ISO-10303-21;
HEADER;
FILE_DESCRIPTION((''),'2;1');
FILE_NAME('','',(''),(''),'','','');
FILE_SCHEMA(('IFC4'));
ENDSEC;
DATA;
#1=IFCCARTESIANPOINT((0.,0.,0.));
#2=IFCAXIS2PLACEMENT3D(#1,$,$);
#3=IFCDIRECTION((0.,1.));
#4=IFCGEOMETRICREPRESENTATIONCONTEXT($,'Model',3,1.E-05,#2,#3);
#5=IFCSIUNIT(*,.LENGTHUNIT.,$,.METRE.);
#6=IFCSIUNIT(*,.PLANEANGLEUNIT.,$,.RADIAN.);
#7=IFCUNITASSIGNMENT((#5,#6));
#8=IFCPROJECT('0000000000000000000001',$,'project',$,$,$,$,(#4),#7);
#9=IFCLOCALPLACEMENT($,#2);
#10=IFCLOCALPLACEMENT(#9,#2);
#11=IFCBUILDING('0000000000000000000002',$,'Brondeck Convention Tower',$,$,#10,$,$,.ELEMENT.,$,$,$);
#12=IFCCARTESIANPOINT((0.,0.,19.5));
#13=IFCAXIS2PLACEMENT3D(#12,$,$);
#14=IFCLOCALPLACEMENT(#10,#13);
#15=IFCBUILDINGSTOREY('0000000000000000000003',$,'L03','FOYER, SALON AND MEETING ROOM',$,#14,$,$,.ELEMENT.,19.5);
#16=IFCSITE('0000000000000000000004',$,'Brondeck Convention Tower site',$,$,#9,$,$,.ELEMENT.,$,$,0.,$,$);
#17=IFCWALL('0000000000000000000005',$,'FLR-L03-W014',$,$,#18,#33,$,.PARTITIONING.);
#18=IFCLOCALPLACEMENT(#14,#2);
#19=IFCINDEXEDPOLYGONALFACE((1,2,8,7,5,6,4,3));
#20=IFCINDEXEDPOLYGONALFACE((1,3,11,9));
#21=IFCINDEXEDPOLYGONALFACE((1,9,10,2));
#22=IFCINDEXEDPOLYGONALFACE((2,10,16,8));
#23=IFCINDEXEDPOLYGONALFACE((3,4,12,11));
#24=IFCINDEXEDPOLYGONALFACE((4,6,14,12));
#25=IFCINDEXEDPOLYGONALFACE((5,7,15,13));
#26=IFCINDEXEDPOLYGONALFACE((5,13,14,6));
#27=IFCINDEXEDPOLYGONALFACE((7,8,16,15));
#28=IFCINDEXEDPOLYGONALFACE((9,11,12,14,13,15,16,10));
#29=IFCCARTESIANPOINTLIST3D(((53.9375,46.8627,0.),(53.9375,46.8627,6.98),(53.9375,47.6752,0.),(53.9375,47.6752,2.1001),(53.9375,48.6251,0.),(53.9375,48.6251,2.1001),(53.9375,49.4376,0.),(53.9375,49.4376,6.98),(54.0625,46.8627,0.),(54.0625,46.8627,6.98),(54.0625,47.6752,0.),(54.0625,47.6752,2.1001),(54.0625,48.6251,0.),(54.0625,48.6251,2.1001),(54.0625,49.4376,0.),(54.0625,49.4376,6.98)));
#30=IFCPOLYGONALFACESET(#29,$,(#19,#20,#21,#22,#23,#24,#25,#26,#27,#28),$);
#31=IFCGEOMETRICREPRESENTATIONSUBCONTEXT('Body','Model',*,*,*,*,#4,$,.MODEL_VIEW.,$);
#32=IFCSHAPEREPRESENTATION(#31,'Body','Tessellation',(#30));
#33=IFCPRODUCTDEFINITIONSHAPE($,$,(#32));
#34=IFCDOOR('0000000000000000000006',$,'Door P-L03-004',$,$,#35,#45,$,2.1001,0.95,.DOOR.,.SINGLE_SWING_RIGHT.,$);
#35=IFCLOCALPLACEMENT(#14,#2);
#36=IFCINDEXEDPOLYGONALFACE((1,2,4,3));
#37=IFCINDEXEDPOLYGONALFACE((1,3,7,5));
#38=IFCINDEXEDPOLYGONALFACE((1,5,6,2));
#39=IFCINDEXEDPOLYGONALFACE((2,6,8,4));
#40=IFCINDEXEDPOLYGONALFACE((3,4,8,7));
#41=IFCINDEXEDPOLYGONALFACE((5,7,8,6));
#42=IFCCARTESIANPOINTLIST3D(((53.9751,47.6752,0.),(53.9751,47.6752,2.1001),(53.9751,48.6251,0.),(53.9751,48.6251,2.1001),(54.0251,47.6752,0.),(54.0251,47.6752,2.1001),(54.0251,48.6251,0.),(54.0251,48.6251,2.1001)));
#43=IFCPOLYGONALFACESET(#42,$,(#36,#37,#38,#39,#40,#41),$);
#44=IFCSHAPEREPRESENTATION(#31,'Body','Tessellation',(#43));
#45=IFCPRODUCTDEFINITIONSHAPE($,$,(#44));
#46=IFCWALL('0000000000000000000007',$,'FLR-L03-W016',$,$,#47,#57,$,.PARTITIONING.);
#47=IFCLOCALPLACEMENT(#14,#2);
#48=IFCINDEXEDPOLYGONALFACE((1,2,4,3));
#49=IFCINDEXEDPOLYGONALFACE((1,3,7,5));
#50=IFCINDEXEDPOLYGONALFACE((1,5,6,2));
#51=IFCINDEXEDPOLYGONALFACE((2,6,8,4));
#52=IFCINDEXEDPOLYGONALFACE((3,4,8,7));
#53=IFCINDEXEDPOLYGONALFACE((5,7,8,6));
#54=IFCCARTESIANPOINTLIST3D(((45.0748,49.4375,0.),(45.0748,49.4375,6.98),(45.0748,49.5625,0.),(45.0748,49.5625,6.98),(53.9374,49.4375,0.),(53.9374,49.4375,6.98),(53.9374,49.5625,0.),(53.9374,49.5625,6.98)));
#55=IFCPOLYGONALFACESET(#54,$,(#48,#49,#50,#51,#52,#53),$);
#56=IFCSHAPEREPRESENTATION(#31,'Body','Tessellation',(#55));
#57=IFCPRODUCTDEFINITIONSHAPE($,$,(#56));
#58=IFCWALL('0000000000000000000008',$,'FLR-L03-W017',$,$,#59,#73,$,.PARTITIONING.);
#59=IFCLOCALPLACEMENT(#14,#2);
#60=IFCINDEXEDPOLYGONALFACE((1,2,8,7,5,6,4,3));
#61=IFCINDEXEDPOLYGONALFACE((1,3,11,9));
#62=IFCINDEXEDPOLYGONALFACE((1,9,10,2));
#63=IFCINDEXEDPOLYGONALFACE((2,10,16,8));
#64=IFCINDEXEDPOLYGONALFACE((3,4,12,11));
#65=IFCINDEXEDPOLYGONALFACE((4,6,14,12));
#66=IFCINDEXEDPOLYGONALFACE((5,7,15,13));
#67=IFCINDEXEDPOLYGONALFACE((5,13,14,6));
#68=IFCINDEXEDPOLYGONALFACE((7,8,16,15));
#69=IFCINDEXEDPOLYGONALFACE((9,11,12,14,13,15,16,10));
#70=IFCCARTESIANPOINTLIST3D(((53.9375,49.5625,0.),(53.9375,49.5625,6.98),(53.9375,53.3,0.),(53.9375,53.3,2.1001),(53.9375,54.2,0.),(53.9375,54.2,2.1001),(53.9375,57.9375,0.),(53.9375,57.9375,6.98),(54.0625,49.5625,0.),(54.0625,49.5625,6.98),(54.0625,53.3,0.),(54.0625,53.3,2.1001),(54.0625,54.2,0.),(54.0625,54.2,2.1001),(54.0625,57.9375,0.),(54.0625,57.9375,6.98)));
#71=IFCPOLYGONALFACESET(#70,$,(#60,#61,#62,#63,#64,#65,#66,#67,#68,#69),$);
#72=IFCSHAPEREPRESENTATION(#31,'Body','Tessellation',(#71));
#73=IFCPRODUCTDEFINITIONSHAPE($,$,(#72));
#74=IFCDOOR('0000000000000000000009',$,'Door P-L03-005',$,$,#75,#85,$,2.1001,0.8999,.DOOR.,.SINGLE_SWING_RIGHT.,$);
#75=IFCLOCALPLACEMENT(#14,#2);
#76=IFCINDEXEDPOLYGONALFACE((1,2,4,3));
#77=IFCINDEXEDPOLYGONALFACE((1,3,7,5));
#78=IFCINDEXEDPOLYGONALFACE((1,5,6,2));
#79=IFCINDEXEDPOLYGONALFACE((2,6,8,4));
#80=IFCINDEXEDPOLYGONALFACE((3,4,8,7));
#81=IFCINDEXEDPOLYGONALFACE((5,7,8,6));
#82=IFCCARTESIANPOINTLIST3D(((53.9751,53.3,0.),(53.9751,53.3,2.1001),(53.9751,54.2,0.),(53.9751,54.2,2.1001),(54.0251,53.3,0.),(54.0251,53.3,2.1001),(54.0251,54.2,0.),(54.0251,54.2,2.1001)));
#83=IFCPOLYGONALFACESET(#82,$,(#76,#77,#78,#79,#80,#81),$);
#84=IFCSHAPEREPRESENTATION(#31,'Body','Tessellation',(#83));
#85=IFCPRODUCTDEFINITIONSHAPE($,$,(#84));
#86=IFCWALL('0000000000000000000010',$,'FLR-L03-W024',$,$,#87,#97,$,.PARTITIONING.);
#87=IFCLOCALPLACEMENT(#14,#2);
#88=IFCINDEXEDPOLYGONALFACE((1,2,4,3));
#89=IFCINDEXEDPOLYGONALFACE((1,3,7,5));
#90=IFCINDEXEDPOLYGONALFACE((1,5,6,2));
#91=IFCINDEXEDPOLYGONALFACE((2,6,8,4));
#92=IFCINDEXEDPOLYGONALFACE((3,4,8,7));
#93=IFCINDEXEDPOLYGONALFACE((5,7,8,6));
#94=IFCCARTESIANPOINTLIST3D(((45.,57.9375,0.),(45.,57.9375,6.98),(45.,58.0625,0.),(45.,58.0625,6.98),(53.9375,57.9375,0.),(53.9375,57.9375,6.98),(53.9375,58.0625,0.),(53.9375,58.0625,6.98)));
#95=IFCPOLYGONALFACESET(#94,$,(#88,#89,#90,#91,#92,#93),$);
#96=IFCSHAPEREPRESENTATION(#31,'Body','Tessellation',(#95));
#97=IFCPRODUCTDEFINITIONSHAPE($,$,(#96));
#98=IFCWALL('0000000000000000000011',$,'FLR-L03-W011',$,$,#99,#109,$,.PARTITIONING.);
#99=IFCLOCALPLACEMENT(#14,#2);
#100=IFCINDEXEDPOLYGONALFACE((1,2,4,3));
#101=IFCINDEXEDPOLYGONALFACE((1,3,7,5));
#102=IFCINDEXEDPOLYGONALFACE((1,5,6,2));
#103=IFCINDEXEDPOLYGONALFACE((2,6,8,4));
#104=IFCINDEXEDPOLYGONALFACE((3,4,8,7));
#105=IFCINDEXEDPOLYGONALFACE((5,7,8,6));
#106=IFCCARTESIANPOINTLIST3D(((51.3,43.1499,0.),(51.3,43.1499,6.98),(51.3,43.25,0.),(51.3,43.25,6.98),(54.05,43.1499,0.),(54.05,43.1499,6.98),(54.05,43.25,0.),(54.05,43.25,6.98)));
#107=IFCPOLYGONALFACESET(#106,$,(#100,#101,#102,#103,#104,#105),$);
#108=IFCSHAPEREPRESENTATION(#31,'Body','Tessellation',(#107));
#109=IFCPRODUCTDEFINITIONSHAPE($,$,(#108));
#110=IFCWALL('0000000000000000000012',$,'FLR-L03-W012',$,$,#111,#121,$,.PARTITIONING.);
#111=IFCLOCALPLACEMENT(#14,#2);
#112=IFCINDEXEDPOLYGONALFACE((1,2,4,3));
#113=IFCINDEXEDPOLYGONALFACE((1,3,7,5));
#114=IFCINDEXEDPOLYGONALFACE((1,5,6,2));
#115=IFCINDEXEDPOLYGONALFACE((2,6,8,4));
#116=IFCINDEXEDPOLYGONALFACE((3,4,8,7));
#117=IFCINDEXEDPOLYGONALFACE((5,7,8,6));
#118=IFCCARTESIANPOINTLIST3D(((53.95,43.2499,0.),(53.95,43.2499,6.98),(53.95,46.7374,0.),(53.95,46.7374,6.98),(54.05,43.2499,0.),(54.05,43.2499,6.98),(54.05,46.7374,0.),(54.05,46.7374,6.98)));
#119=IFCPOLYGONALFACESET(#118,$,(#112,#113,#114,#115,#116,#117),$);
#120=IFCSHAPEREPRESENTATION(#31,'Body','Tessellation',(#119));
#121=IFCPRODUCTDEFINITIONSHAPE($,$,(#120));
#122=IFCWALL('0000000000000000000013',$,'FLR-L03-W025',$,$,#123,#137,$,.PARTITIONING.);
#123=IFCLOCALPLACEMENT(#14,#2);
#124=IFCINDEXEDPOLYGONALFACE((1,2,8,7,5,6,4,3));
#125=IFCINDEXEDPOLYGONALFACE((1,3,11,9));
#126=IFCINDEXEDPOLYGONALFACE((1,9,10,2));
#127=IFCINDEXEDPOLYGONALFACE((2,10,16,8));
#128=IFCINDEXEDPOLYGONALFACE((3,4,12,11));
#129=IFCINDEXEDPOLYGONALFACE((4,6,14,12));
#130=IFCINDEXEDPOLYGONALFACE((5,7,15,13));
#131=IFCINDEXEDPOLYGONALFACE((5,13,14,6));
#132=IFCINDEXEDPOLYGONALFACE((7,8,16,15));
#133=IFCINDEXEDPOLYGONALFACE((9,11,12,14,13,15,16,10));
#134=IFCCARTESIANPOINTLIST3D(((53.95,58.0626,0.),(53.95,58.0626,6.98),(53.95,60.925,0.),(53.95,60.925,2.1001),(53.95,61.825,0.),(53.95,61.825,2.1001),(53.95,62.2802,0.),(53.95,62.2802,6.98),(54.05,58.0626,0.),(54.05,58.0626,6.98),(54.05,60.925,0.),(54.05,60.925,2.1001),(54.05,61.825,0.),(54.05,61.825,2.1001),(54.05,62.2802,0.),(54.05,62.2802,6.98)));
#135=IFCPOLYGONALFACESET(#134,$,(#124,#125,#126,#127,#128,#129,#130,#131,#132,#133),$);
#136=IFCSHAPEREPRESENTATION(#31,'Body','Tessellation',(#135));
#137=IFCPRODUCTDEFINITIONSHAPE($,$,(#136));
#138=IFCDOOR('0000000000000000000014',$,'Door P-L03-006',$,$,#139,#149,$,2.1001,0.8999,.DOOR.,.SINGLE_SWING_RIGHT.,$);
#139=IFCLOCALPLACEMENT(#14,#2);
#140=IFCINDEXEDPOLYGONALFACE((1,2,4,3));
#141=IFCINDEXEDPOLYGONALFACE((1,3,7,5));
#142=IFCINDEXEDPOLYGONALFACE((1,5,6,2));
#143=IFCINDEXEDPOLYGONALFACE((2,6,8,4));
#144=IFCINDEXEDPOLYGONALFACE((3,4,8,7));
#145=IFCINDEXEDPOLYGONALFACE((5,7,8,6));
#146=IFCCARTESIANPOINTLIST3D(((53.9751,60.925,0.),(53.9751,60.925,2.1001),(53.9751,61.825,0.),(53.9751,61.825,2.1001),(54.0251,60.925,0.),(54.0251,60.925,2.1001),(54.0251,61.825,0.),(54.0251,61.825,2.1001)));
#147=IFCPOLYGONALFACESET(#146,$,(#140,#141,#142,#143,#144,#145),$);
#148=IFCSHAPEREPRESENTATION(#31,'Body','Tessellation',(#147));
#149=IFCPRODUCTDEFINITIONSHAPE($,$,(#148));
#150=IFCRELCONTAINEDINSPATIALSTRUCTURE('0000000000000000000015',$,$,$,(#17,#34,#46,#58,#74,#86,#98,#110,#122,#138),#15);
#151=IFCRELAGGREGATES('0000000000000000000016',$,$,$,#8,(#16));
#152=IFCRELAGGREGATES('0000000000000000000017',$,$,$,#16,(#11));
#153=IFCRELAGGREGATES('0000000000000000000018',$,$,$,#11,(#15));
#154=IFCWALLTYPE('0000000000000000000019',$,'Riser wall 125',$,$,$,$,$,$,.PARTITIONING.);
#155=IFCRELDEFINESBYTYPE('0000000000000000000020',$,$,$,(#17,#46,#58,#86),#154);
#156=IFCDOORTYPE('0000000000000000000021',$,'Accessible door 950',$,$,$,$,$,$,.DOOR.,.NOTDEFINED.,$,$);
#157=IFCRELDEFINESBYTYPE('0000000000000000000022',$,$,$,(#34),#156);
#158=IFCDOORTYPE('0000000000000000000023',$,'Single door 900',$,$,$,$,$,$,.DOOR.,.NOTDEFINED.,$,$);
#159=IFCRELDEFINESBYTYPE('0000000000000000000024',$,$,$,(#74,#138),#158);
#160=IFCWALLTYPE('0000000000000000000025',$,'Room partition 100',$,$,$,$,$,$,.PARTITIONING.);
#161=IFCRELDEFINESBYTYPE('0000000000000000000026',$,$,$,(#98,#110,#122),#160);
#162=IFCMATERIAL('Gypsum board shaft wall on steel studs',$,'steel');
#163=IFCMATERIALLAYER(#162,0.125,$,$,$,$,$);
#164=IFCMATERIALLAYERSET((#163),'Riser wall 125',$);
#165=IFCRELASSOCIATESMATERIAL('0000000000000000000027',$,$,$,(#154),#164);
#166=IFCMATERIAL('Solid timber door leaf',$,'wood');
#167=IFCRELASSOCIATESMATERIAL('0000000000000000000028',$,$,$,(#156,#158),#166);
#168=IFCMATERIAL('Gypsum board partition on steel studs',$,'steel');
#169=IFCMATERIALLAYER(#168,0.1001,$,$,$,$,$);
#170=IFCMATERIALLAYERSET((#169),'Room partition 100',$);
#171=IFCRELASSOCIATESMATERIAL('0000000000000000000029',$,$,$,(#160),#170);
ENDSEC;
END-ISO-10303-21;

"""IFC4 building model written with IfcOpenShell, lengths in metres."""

from ifc_helpers import new_model, si_unit, direction, frame, frame_2d, origin, place, context, subcontext, project, spatial, rectangle, extrude, material, layer, layer_set, type_object, element, fill, save


model = new_model("IFC4")

# Units and contexts
model_context = context("Model", 3, precision=1e-05, world=origin(), true_north=direction((0.0, 1.0)))
body_context = subcontext(model_context, "Body", "Model", "MODEL_VIEW")
ifc_project = project(units=[si_unit("LENGTHUNIT", "METRE"), si_unit("PLANEANGLEUNIT", "RADIAN")], contexts=[model_context])

# Site, building, storey
site_placement = place(None, origin())
site = spatial("IfcSite", under=ifc_project, at=site_placement, Name="Brondeck Convention Tower site", CompositionType="ELEMENT", RefElevation=0.0)
building_placement = place(site_placement, origin())
building = spatial("IfcBuilding", under=site, at=building_placement, Name="Brondeck Convention Tower", CompositionType="ELEMENT")
storey_placement = place(building_placement, frame((0.0, 0.0, 19.5)))
storey = spatial("IfcBuildingStorey", under=building, at=storey_placement, Name="L03", Description="FOYER, SALON AND MEETING ROOM", CompositionType="ELEMENT", Elevation=19.5)

# Shared definitions
ifc_material_1 = material(Name="Gypsum board shaft wall on steel studs", Category="steel")
ifc_layer_1 = layer(ifc_material_1, 0.125)
ifc_layer_set_1 = layer_set([ifc_layer_1], Name="Riser wall 125")
wall_type_1 = type_object("IfcWallType", Name="Riser wall 125", PredefinedType="PARTITIONING", material=ifc_layer_set_1)

# Wall, opening, door
wall_1_placement = place(storey_placement, frame((54.0, 46.8625, 0.0), z_axis=(0.0, 0.0, 1.0), x_axis=(0.0, 1.0, 0.0)))
wall_1 = element("IfcWall", 1, at=wall_1_placement, inside=storey, type_object=wall_type_1, Name="FLR-L03-W014", PredefinedType="PARTITIONING", context=body_context, shape_type="SweptSolid", body=[
    extrude(rectangle(XDim=2.575, YDim=0.125, at=frame_2d((1.2876, 0.0))), origin(), (0.0, 0.0, 1.0), 6.98),
])
opening_1_placement = place(wall_1_placement, frame((0.8125, 0.0, 0.0)))
opening_1 = element("IfcOpeningElement", 2, at=opening_1_placement, cuts=wall_1, PredefinedType="OPENING", context=body_context, shape_type="SweptSolid", body=[
    extrude(rectangle(XDim=0.95, YDim=2.1001, at=frame_2d((0.4751, 1.05))), frame((0.0, 0.0725, 0.0), z_axis=(0.0, -1.0, 0.0), x_axis=(1.0, 0.0, 0.0)), (0.0, 0.0, 1.0), 0.145),
])
ifc_material_2 = material(Name="Solid timber door leaf", Category="wood")
door_type_1 = type_object("IfcDoorType", Name="Accessible door 950", OperationType="NOTDEFINED", PredefinedType="DOOR", material=ifc_material_2)
door_1_placement = place(opening_1_placement, origin())
door_1 = element("IfcDoor", 3, at=door_1_placement, inside=storey, type_object=door_type_1, Name="Door P-L03-004", OperationType="SINGLE_SWING_RIGHT", OverallHeight=2.1001, OverallWidth=0.95, PredefinedType="DOOR", context=body_context, shape_type="SweptSolid", body=[
    extrude(rectangle(XDim=0.95, YDim=2.1001, at=frame_2d((0.4751, 1.05))), frame((0.0, 0.0249, 0.0), z_axis=(0.0, -1.0, 0.0), x_axis=(1.0, 0.0, 0.0)), (0.0, 0.0, 1.0), 0.05),
])
fill(opening_1, door_1)

# Wall
wall_2_placement = place(storey_placement, frame((45.075, 49.5, 0.0), z_axis=(0.0, 0.0, 1.0), x_axis=(1.0, 0.0, 0.0)))
element("IfcWall", 4, at=wall_2_placement, inside=storey, type_object=wall_type_1, Name="FLR-L03-W016", PredefinedType="PARTITIONING", context=body_context, shape_type="SweptSolid", body=[
    extrude(rectangle(XDim=8.8625, YDim=0.125, at=frame_2d((4.4312, 0.0))), origin(), (0.0, 0.0, 1.0), 6.98),
])

# Wall, opening, door
wall_3_placement = place(storey_placement, frame((54.0, 49.5625, 0.0), z_axis=(0.0, 0.0, 1.0), x_axis=(0.0, 1.0, 0.0)))
wall_3 = element("IfcWall", 5, at=wall_3_placement, inside=storey, type_object=wall_type_1, Name="FLR-L03-W017", PredefinedType="PARTITIONING", context=body_context, shape_type="SweptSolid", body=[
    extrude(rectangle(XDim=8.375, YDim=0.125, at=frame_2d((4.1875, 0.0))), origin(), (0.0, 0.0, 1.0), 6.98),
])
opening_2_placement = place(wall_3_placement, frame((3.7375, 0.0, 0.0)))
opening_2 = element("IfcOpeningElement", 6, at=opening_2_placement, cuts=wall_3, PredefinedType="OPENING", context=body_context, shape_type="SweptSolid", body=[
    extrude(rectangle(XDim=0.8999, YDim=2.1001, at=frame_2d((0.45, 1.05))), frame((0.0, 0.0725, 0.0), z_axis=(0.0, -1.0, 0.0), x_axis=(1.0, 0.0, 0.0)), (0.0, 0.0, 1.0), 0.145),
])
door_type_2 = type_object("IfcDoorType", Name="Single door 900", OperationType="NOTDEFINED", PredefinedType="DOOR", material=ifc_material_2)
door_2_placement = place(opening_2_placement, origin())
door_2 = element("IfcDoor", 7, at=door_2_placement, inside=storey, type_object=door_type_2, Name="Door P-L03-005", OperationType="SINGLE_SWING_RIGHT", OverallHeight=2.1001, OverallWidth=0.8999, PredefinedType="DOOR", context=body_context, shape_type="SweptSolid", body=[
    extrude(rectangle(XDim=0.8999, YDim=2.1001, at=frame_2d((0.45, 1.05))), frame((0.0, 0.0249, 0.0), z_axis=(0.0, -1.0, 0.0), x_axis=(1.0, 0.0, 0.0)), (0.0, 0.0, 1.0), 0.05),
])
fill(opening_2, door_2)

# Walls
wall_4_placement = place(storey_placement, frame((45.0, 58.0, 0.0), z_axis=(0.0, 0.0, 1.0), x_axis=(1.0, 0.0, 0.0)))
element("IfcWall", 8, at=wall_4_placement, inside=storey, type_object=wall_type_1, Name="FLR-L03-W024", PredefinedType="PARTITIONING", context=body_context, shape_type="SweptSolid", body=[
    extrude(rectangle(XDim=8.9375, YDim=0.125, at=frame_2d((4.4688, 0.0))), origin(), (0.0, 0.0, 1.0), 6.98),
])
ifc_material_3 = material(Name="Gypsum board partition on steel studs", Category="steel")
ifc_layer_2 = layer(ifc_material_3, 0.1001)
ifc_layer_set_2 = layer_set([ifc_layer_2], Name="Room partition 100")
wall_type_2 = type_object("IfcWallType", Name="Room partition 100", PredefinedType="PARTITIONING", material=ifc_layer_set_2)
wall_5_placement = place(storey_placement, frame((51.3, 43.2, 0.0), z_axis=(0.0, 0.0, 1.0), x_axis=(1.0, 0.0, 0.0)))
element("IfcWall", 9, at=wall_5_placement, inside=storey, type_object=wall_type_2, Name="FLR-L03-W011", PredefinedType="PARTITIONING", context=body_context, shape_type="SweptSolid", body=[
    extrude(rectangle(XDim=2.75, YDim=0.1001, at=frame_2d((1.375, 0.0))), origin(), (0.0, 0.0, 1.0), 6.98),
])
wall_6_placement = place(storey_placement, frame((54.0, 43.25, 0.0), z_axis=(0.0, 0.0, 1.0), x_axis=(0.0, 1.0, 0.0)))
element("IfcWall", 10, at=wall_6_placement, inside=storey, type_object=wall_type_2, Name="FLR-L03-W012", PredefinedType="PARTITIONING", context=body_context, shape_type="SweptSolid", body=[
    extrude(rectangle(XDim=3.4875, YDim=0.1001, at=frame_2d((1.7437, 0.0))), origin(), (0.0, 0.0, 1.0), 6.98),
])

# Wall, opening, door
wall_7_placement = place(storey_placement, frame((54.0, 58.0625, 0.0), z_axis=(0.0, 0.0, 1.0), x_axis=(0.0, 1.0, 0.0)))
wall_7 = element("IfcWall", 11, at=wall_7_placement, inside=storey, type_object=wall_type_2, Name="FLR-L03-W025", PredefinedType="PARTITIONING", context=body_context, shape_type="SweptSolid", body=[
    extrude(rectangle(XDim=4.2175, YDim=0.1001, at=frame_2d((2.1089, 0.0))), origin(), (0.0, 0.0, 1.0), 6.98),
])
opening_3_placement = place(wall_7_placement, frame((2.8625, 0.0, 0.0)))
opening_3 = element("IfcOpeningElement", 12, at=opening_3_placement, cuts=wall_7, PredefinedType="OPENING", context=body_context, shape_type="SweptSolid", body=[
    extrude(rectangle(XDim=0.8999, YDim=2.1001, at=frame_2d((0.45, 1.05))), frame((0.0, 0.0601, 0.0), z_axis=(0.0, -1.0, 0.0), x_axis=(1.0, 0.0, 0.0)), (0.0, 0.0, 1.0), 0.1201),
])
door_3_placement = place(opening_3_placement, origin())
door_3 = element("IfcDoor", 13, at=door_3_placement, inside=storey, type_object=door_type_2, Name="Door P-L03-006", OperationType="SINGLE_SWING_RIGHT", OverallHeight=2.1001, OverallWidth=0.8999, PredefinedType="DOOR", context=body_context, shape_type="SweptSolid", body=[
    extrude(rectangle(XDim=0.8999, YDim=2.1001, at=frame_2d((0.45, 1.05))), frame((0.0, 0.0249, 0.0), z_axis=(0.0, -1.0, 0.0), x_axis=(1.0, 0.0, 0.0)), (0.0, 0.0, 1.0), 0.05),
])
fill(opening_3, door_3)

save(model, "model.ifc")
